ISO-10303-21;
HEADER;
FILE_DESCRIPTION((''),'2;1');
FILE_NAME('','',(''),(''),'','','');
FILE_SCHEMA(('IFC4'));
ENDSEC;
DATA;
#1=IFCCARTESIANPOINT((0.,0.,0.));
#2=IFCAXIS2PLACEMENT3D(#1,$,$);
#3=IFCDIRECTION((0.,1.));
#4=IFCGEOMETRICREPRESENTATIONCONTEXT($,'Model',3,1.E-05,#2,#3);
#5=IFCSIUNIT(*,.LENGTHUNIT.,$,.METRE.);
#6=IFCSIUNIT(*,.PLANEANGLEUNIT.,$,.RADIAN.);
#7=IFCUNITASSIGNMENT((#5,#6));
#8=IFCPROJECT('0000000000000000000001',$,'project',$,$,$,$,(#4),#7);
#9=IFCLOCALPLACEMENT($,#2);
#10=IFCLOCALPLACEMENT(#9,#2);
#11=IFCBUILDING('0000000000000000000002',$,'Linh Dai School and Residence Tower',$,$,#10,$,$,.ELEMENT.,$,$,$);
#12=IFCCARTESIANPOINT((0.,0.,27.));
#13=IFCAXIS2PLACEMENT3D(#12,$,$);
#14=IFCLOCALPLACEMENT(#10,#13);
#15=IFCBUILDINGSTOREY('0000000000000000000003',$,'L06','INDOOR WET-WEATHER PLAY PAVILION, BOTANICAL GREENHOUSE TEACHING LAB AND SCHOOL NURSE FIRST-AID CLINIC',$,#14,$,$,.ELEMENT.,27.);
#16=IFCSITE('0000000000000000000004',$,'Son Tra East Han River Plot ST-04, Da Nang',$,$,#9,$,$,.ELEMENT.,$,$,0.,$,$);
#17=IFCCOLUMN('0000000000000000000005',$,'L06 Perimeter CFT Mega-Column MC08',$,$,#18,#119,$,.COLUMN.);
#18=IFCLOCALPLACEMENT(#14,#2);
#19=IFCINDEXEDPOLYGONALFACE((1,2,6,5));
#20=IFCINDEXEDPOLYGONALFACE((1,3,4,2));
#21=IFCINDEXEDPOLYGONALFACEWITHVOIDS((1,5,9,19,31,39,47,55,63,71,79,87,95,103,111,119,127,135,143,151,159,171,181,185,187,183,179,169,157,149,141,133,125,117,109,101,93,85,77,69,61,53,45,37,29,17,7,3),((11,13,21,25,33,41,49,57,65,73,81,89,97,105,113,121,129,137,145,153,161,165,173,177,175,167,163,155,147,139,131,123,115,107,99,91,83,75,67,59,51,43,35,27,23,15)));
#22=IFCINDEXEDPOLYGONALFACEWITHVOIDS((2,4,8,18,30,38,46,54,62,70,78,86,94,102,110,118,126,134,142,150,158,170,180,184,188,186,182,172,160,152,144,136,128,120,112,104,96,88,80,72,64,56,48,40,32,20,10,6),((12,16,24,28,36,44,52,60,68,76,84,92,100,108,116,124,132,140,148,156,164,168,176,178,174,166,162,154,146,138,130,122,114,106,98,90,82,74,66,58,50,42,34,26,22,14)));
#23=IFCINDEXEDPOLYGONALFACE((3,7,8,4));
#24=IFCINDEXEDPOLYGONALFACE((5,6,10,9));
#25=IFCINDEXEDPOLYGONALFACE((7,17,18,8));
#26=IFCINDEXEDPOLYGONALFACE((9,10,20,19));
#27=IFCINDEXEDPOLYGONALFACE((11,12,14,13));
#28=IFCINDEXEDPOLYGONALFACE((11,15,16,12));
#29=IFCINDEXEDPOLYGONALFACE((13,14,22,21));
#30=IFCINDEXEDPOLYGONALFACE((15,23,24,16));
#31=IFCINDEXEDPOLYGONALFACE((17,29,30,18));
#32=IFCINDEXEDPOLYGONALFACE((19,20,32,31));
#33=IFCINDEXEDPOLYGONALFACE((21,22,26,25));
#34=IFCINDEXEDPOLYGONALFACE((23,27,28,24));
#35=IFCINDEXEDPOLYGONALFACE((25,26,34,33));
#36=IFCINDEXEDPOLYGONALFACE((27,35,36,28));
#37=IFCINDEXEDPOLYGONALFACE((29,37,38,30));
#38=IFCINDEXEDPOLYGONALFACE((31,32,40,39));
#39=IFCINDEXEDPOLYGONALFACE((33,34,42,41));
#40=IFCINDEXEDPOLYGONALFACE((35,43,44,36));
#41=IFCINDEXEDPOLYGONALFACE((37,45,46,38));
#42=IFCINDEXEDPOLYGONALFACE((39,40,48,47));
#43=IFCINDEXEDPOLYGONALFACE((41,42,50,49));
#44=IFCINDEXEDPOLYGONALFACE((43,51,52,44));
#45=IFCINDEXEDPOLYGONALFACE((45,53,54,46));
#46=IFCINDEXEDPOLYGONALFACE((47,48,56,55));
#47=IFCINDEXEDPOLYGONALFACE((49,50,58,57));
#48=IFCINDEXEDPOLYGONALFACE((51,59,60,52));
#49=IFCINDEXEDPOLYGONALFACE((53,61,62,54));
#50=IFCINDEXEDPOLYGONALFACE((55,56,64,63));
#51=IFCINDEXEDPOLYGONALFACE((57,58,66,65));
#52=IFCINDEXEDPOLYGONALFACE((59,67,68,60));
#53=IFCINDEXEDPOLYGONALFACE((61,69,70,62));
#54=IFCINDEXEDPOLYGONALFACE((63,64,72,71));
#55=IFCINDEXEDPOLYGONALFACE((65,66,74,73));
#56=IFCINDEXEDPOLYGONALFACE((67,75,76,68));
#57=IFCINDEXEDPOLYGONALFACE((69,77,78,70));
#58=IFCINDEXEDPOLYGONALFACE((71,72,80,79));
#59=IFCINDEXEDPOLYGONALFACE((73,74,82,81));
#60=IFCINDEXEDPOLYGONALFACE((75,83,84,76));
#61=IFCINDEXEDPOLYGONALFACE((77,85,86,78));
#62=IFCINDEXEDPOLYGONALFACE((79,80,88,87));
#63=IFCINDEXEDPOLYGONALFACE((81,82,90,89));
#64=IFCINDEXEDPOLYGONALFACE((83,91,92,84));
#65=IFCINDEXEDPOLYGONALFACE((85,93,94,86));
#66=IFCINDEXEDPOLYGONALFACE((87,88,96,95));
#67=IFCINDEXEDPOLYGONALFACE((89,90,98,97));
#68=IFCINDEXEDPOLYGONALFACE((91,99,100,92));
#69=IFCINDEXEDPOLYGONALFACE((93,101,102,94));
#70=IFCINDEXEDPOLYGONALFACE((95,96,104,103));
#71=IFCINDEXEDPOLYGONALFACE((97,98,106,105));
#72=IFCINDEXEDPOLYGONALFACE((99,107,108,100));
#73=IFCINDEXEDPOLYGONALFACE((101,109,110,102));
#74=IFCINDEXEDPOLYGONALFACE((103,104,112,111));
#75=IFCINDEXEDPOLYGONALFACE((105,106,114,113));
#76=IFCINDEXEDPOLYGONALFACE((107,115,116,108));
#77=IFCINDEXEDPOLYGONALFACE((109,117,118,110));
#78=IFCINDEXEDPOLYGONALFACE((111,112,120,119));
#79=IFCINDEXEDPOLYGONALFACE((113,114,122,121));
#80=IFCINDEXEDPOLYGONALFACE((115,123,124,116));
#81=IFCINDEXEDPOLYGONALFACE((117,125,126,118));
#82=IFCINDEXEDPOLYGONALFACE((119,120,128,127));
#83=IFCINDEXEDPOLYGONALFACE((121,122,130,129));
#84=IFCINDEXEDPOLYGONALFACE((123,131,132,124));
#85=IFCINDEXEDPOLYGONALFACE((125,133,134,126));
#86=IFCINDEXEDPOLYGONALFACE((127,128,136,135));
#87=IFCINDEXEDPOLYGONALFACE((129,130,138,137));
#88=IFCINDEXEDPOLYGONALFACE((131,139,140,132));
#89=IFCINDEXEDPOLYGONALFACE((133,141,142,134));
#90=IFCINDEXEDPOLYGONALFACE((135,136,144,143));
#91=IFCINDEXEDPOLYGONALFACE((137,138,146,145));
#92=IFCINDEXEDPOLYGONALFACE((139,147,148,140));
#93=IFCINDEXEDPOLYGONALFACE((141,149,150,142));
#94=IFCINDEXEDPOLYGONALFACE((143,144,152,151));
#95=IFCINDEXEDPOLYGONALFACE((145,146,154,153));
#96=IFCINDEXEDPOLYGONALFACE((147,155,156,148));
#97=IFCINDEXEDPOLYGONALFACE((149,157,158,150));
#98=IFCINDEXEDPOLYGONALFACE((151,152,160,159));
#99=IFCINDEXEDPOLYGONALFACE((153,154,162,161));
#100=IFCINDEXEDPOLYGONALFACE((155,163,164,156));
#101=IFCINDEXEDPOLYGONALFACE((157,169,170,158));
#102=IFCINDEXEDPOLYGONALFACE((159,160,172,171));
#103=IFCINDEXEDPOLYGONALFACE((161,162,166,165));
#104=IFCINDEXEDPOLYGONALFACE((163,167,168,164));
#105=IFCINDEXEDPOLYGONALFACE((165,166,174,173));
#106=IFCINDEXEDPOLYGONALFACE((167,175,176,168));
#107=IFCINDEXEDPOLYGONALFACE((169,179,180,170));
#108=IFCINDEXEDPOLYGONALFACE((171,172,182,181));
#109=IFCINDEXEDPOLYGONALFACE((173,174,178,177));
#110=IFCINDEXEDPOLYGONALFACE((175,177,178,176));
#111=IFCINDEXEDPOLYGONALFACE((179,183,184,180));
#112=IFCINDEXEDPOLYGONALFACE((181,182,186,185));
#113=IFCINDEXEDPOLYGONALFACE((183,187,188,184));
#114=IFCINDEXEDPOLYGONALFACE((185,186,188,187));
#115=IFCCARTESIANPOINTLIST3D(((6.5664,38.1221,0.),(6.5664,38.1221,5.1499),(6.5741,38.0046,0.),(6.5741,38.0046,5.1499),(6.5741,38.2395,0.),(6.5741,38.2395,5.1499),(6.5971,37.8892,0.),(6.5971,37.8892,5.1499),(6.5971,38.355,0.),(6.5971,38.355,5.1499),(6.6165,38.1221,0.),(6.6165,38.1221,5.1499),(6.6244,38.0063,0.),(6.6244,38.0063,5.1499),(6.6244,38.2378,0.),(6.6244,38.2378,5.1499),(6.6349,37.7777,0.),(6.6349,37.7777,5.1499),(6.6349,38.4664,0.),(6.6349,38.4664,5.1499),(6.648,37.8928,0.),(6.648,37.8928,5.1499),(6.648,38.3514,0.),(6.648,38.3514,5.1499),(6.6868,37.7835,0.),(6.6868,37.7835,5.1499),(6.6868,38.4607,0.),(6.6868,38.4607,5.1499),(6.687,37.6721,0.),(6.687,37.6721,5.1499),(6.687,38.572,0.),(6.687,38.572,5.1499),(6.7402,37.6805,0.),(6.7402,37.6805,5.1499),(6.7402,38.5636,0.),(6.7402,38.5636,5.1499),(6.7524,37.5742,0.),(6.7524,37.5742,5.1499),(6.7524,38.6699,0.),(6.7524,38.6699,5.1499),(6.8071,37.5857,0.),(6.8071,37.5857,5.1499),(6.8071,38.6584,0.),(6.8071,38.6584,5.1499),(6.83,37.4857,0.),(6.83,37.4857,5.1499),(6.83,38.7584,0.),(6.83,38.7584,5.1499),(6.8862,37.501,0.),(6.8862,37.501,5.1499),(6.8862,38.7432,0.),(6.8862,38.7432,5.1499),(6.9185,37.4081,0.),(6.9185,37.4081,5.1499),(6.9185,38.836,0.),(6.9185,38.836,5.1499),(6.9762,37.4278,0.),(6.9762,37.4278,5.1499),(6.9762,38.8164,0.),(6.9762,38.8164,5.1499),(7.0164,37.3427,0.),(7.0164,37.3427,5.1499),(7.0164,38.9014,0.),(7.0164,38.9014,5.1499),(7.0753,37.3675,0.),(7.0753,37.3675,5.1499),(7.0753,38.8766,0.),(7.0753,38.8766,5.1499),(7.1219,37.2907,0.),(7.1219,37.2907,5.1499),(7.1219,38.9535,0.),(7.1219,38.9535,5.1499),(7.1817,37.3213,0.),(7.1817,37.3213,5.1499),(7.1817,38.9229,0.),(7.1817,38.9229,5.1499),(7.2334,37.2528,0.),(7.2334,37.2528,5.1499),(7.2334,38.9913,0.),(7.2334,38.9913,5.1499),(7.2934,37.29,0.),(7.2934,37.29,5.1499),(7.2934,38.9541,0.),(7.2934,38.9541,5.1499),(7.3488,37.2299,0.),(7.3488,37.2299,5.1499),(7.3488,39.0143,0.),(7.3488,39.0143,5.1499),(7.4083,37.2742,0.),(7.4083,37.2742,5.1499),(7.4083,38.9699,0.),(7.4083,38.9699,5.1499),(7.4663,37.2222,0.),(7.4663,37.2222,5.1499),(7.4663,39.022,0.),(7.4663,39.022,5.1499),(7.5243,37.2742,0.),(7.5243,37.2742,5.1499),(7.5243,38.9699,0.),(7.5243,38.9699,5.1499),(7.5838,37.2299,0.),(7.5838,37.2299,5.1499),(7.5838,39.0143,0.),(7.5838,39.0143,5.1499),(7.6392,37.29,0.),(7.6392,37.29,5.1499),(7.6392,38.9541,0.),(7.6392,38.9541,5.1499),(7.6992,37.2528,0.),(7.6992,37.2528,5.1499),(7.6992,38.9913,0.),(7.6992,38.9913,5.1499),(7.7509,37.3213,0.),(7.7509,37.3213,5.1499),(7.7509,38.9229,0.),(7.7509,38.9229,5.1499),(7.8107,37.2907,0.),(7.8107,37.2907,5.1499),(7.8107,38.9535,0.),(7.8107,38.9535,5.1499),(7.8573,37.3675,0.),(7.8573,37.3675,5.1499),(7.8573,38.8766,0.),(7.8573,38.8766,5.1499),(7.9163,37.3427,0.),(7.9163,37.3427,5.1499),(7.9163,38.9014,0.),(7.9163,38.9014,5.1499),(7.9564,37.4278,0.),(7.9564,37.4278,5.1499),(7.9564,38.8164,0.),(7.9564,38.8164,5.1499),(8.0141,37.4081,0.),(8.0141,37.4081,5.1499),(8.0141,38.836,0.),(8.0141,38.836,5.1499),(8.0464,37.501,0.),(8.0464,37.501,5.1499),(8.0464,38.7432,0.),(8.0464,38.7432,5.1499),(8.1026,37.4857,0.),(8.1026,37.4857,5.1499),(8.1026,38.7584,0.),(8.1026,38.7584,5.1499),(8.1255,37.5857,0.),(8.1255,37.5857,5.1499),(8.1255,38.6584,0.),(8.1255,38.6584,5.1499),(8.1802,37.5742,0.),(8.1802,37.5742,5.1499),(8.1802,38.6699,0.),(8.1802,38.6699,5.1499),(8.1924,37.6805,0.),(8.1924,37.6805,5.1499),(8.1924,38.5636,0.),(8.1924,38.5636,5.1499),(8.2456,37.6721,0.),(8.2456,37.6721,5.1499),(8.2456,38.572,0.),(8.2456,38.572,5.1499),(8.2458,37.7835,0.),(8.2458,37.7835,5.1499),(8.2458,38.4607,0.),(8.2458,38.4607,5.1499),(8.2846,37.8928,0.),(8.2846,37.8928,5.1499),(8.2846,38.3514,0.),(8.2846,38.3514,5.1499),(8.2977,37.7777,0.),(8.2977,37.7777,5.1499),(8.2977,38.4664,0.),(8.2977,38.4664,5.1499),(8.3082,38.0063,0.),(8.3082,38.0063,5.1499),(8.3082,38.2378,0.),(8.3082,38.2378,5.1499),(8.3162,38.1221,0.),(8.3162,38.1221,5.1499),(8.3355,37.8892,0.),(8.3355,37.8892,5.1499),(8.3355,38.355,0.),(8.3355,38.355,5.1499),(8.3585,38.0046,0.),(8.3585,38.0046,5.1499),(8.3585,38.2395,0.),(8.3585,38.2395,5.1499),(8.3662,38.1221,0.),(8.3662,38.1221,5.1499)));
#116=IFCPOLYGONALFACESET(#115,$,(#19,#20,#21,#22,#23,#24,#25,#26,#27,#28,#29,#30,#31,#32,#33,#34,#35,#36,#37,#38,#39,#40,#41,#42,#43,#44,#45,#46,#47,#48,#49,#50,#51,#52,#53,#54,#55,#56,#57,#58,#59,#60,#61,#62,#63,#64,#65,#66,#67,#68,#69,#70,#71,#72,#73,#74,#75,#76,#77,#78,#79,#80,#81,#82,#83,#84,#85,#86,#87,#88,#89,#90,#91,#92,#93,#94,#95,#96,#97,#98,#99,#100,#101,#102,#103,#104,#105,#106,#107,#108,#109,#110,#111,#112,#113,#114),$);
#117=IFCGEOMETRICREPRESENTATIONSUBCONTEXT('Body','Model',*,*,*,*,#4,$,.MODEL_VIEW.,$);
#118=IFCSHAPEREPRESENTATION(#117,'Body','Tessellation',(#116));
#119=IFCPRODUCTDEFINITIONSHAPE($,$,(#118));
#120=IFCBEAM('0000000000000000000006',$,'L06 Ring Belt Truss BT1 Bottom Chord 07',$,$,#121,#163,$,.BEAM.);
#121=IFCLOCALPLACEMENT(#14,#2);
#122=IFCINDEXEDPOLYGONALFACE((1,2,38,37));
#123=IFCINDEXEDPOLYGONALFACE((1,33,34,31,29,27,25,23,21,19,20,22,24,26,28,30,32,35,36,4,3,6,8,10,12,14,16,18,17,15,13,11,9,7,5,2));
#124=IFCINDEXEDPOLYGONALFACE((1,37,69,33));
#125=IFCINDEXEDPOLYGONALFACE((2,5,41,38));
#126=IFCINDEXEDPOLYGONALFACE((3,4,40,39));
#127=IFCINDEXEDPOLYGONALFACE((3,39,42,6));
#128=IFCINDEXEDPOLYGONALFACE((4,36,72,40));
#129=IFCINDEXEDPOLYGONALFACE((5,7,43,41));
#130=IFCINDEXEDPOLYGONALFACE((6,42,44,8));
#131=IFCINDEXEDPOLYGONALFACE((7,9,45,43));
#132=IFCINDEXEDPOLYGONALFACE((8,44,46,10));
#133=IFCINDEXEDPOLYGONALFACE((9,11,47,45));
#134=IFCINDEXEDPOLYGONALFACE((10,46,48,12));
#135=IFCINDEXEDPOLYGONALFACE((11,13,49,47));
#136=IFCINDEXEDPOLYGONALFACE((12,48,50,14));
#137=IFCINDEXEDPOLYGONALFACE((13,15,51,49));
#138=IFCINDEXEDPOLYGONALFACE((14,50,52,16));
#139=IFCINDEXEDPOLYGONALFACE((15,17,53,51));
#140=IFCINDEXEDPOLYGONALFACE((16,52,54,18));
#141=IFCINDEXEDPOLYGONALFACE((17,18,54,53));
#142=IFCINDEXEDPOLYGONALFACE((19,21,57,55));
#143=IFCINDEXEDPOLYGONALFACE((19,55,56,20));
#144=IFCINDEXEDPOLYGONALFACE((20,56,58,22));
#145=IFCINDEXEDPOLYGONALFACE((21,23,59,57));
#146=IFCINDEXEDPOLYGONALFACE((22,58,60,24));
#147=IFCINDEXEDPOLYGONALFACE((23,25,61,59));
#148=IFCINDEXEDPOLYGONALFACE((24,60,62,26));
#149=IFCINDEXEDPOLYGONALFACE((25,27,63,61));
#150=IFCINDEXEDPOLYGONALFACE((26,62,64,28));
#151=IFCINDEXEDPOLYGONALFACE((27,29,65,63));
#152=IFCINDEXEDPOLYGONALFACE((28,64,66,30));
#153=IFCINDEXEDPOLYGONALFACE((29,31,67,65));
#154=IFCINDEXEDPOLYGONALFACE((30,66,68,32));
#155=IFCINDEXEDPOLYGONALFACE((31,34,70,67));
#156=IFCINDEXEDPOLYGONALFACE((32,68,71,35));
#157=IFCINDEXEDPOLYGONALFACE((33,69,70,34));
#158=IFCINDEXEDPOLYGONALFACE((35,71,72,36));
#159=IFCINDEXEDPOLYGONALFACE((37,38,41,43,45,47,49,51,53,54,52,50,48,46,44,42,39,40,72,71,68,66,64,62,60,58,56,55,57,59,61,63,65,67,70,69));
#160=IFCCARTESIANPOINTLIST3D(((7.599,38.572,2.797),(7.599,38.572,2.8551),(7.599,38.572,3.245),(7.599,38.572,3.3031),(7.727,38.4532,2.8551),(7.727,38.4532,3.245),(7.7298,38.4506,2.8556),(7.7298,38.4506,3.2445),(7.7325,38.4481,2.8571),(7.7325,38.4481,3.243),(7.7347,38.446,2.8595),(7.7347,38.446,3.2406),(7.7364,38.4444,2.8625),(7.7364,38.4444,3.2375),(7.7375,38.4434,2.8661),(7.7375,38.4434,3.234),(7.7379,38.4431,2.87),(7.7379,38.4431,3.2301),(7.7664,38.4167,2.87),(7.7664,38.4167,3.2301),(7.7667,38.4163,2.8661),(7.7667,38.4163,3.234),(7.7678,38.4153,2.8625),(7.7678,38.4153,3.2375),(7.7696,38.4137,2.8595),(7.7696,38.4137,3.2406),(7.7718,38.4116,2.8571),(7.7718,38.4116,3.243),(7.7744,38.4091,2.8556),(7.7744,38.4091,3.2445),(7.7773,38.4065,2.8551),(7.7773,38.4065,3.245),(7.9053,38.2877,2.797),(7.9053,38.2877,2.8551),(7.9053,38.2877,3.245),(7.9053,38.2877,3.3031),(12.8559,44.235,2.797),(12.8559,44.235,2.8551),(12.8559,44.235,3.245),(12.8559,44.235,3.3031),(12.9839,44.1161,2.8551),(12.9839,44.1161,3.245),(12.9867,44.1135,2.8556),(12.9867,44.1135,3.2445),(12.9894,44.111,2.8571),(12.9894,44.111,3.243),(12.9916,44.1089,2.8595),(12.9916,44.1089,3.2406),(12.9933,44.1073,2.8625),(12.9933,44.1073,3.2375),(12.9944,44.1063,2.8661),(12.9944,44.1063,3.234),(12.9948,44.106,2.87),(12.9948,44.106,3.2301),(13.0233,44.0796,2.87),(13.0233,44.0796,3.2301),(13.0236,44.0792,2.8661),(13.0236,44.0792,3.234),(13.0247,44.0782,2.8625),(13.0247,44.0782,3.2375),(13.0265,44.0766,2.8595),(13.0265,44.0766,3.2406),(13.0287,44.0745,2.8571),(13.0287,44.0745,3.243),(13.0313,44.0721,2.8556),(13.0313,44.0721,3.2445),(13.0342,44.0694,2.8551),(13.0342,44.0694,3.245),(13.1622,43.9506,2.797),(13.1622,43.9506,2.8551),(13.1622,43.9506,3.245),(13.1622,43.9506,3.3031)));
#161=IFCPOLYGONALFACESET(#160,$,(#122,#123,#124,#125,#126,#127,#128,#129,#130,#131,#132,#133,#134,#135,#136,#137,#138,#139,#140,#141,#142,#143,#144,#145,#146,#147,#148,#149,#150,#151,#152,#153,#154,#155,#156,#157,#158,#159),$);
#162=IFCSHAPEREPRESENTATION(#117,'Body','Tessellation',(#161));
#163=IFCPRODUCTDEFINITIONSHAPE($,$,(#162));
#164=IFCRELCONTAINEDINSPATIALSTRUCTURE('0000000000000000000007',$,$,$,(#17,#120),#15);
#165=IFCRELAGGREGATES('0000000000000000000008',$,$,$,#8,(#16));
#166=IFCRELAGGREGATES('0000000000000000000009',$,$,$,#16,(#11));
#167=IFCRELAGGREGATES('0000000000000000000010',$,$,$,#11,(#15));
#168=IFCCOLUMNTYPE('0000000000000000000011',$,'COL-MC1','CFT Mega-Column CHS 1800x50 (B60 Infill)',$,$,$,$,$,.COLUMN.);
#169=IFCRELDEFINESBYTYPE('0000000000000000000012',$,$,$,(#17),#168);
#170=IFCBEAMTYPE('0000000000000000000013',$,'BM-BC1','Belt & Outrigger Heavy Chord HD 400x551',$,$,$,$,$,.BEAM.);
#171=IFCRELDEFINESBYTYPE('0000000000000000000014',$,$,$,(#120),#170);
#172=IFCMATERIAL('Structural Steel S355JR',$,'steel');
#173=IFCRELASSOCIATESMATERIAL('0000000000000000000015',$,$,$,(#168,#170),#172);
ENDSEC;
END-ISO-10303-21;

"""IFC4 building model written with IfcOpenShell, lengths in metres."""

from ifc_helpers import new_model, si_unit, direction, frame, origin, origin_2d, place, context, subcontext, project, spatial, hollow_circle, i_section, extrude, material, material_profile, profile_set, type_object, element, save


model = new_model("IFC4")

# Units and contexts
model_context = context("Model", 3, precision=1e-05, world=origin(), true_north=direction((0.0, 1.0)))
body_context = subcontext(model_context, "Body", "Model", "MODEL_VIEW")
ifc_project = project(units=[si_unit("LENGTHUNIT", "METRE"), si_unit("PLANEANGLEUNIT", "RADIAN")], contexts=[model_context])

# Site, building, storey
site_placement = place(None, origin())
site = spatial("IfcSite", under=ifc_project, at=site_placement, Name="Son Tra East Han River Plot ST-04, Da Nang", CompositionType="ELEMENT", RefElevation=0.0)
building_placement = place(site_placement, origin())
building = spatial("IfcBuilding", under=site, at=building_placement, Name="Linh Dai School and Residence Tower", CompositionType="ELEMENT")
storey_placement = place(building_placement, frame((0.0, 0.0, 27.0)))
storey = spatial("IfcBuildingStorey", under=building, at=storey_placement, Name="L06", Description="INDOOR WET-WEATHER PLAY PAVILION, BOTANICAL GREENHOUSE TEACHING LAB AND SCHOOL NURSE FIRST-AID CLINIC", CompositionType="ELEMENT", Elevation=27.0)

# Column
ifc_material_1 = material(Name="Structural Steel S355JR", Category="steel")
ifc_material_profile_1 = material_profile(ifc_material_1, hollow_circle(Radius=0.8999, WallThickness=0.05, at=origin_2d()), Name="CHS 1800x50")
ifc_profile_set_1 = profile_set([ifc_material_profile_1], Name="Structural Steel S355JR")
column_type = type_object("IfcColumnType", Name="COL-MC1", Description="CFT Mega-Column CHS 1800x50 (B60 Infill)", PredefinedType="COLUMN", material=ifc_profile_set_1)
for number, where, z_axis, x_axis, name in (
    (1, (7.4663, 38.1221, 0.0), (0.0, 0.0, 1.0), (1.0, 0.0, 0.0), "L06 Perimeter CFT Mega-Column MC08"),
):
    element("IfcColumn", number, at=place(storey_placement, frame(where, z_axis=z_axis, x_axis=x_axis)), inside=storey, type_object=column_type, Name=name, PredefinedType="COLUMN", context=body_context, shape_type="SweptSolid", body=[
        extrude(hollow_circle(Radius=0.8999, WallThickness=0.05, at=origin_2d()), origin(), (0.0, 0.0, 1.0), 5.1499),
    ])

# Beam
ifc_material_profile_2 = material_profile(ifc_material_1, i_section(OverallWidth=0.418, OverallDepth=0.5061, WebThickness=0.0388, FlangeThickness=0.0581, FilletRadius=0.0149, at=origin_2d()), Name="HD 400x551")
ifc_profile_set_2 = profile_set([ifc_material_profile_2], Name="Structural Steel S355JR")
beam_type_1 = type_object("IfcBeamType", Name="BM-BC1", Description="Belt & Outrigger Heavy Chord HD 400x551", PredefinedType="BEAM", material=ifc_profile_set_2)
beam_1_placement = place(storey_placement, frame((13.009, 44.0928, 3.05), z_axis=(-0.680346, -0.732891, 0.0), x_axis=(0.732891, -0.680346, 0.0)))
element("IfcBeam", 2, at=beam_1_placement, inside=storey, type_object=beam_type_1, Name="L06 Ring Belt Truss BT1 Bottom Chord 07", PredefinedType="BEAM", context=body_context, shape_type="SweptSolid", body=[
    extrude(i_section(OverallWidth=0.418, OverallDepth=0.5061, WebThickness=0.0388, FlangeThickness=0.0581, FilletRadius=0.0149, at=origin_2d()), origin(), (0.0, 0.0, 1.0), 7.7268),
])

save(model, "model.ifc")
